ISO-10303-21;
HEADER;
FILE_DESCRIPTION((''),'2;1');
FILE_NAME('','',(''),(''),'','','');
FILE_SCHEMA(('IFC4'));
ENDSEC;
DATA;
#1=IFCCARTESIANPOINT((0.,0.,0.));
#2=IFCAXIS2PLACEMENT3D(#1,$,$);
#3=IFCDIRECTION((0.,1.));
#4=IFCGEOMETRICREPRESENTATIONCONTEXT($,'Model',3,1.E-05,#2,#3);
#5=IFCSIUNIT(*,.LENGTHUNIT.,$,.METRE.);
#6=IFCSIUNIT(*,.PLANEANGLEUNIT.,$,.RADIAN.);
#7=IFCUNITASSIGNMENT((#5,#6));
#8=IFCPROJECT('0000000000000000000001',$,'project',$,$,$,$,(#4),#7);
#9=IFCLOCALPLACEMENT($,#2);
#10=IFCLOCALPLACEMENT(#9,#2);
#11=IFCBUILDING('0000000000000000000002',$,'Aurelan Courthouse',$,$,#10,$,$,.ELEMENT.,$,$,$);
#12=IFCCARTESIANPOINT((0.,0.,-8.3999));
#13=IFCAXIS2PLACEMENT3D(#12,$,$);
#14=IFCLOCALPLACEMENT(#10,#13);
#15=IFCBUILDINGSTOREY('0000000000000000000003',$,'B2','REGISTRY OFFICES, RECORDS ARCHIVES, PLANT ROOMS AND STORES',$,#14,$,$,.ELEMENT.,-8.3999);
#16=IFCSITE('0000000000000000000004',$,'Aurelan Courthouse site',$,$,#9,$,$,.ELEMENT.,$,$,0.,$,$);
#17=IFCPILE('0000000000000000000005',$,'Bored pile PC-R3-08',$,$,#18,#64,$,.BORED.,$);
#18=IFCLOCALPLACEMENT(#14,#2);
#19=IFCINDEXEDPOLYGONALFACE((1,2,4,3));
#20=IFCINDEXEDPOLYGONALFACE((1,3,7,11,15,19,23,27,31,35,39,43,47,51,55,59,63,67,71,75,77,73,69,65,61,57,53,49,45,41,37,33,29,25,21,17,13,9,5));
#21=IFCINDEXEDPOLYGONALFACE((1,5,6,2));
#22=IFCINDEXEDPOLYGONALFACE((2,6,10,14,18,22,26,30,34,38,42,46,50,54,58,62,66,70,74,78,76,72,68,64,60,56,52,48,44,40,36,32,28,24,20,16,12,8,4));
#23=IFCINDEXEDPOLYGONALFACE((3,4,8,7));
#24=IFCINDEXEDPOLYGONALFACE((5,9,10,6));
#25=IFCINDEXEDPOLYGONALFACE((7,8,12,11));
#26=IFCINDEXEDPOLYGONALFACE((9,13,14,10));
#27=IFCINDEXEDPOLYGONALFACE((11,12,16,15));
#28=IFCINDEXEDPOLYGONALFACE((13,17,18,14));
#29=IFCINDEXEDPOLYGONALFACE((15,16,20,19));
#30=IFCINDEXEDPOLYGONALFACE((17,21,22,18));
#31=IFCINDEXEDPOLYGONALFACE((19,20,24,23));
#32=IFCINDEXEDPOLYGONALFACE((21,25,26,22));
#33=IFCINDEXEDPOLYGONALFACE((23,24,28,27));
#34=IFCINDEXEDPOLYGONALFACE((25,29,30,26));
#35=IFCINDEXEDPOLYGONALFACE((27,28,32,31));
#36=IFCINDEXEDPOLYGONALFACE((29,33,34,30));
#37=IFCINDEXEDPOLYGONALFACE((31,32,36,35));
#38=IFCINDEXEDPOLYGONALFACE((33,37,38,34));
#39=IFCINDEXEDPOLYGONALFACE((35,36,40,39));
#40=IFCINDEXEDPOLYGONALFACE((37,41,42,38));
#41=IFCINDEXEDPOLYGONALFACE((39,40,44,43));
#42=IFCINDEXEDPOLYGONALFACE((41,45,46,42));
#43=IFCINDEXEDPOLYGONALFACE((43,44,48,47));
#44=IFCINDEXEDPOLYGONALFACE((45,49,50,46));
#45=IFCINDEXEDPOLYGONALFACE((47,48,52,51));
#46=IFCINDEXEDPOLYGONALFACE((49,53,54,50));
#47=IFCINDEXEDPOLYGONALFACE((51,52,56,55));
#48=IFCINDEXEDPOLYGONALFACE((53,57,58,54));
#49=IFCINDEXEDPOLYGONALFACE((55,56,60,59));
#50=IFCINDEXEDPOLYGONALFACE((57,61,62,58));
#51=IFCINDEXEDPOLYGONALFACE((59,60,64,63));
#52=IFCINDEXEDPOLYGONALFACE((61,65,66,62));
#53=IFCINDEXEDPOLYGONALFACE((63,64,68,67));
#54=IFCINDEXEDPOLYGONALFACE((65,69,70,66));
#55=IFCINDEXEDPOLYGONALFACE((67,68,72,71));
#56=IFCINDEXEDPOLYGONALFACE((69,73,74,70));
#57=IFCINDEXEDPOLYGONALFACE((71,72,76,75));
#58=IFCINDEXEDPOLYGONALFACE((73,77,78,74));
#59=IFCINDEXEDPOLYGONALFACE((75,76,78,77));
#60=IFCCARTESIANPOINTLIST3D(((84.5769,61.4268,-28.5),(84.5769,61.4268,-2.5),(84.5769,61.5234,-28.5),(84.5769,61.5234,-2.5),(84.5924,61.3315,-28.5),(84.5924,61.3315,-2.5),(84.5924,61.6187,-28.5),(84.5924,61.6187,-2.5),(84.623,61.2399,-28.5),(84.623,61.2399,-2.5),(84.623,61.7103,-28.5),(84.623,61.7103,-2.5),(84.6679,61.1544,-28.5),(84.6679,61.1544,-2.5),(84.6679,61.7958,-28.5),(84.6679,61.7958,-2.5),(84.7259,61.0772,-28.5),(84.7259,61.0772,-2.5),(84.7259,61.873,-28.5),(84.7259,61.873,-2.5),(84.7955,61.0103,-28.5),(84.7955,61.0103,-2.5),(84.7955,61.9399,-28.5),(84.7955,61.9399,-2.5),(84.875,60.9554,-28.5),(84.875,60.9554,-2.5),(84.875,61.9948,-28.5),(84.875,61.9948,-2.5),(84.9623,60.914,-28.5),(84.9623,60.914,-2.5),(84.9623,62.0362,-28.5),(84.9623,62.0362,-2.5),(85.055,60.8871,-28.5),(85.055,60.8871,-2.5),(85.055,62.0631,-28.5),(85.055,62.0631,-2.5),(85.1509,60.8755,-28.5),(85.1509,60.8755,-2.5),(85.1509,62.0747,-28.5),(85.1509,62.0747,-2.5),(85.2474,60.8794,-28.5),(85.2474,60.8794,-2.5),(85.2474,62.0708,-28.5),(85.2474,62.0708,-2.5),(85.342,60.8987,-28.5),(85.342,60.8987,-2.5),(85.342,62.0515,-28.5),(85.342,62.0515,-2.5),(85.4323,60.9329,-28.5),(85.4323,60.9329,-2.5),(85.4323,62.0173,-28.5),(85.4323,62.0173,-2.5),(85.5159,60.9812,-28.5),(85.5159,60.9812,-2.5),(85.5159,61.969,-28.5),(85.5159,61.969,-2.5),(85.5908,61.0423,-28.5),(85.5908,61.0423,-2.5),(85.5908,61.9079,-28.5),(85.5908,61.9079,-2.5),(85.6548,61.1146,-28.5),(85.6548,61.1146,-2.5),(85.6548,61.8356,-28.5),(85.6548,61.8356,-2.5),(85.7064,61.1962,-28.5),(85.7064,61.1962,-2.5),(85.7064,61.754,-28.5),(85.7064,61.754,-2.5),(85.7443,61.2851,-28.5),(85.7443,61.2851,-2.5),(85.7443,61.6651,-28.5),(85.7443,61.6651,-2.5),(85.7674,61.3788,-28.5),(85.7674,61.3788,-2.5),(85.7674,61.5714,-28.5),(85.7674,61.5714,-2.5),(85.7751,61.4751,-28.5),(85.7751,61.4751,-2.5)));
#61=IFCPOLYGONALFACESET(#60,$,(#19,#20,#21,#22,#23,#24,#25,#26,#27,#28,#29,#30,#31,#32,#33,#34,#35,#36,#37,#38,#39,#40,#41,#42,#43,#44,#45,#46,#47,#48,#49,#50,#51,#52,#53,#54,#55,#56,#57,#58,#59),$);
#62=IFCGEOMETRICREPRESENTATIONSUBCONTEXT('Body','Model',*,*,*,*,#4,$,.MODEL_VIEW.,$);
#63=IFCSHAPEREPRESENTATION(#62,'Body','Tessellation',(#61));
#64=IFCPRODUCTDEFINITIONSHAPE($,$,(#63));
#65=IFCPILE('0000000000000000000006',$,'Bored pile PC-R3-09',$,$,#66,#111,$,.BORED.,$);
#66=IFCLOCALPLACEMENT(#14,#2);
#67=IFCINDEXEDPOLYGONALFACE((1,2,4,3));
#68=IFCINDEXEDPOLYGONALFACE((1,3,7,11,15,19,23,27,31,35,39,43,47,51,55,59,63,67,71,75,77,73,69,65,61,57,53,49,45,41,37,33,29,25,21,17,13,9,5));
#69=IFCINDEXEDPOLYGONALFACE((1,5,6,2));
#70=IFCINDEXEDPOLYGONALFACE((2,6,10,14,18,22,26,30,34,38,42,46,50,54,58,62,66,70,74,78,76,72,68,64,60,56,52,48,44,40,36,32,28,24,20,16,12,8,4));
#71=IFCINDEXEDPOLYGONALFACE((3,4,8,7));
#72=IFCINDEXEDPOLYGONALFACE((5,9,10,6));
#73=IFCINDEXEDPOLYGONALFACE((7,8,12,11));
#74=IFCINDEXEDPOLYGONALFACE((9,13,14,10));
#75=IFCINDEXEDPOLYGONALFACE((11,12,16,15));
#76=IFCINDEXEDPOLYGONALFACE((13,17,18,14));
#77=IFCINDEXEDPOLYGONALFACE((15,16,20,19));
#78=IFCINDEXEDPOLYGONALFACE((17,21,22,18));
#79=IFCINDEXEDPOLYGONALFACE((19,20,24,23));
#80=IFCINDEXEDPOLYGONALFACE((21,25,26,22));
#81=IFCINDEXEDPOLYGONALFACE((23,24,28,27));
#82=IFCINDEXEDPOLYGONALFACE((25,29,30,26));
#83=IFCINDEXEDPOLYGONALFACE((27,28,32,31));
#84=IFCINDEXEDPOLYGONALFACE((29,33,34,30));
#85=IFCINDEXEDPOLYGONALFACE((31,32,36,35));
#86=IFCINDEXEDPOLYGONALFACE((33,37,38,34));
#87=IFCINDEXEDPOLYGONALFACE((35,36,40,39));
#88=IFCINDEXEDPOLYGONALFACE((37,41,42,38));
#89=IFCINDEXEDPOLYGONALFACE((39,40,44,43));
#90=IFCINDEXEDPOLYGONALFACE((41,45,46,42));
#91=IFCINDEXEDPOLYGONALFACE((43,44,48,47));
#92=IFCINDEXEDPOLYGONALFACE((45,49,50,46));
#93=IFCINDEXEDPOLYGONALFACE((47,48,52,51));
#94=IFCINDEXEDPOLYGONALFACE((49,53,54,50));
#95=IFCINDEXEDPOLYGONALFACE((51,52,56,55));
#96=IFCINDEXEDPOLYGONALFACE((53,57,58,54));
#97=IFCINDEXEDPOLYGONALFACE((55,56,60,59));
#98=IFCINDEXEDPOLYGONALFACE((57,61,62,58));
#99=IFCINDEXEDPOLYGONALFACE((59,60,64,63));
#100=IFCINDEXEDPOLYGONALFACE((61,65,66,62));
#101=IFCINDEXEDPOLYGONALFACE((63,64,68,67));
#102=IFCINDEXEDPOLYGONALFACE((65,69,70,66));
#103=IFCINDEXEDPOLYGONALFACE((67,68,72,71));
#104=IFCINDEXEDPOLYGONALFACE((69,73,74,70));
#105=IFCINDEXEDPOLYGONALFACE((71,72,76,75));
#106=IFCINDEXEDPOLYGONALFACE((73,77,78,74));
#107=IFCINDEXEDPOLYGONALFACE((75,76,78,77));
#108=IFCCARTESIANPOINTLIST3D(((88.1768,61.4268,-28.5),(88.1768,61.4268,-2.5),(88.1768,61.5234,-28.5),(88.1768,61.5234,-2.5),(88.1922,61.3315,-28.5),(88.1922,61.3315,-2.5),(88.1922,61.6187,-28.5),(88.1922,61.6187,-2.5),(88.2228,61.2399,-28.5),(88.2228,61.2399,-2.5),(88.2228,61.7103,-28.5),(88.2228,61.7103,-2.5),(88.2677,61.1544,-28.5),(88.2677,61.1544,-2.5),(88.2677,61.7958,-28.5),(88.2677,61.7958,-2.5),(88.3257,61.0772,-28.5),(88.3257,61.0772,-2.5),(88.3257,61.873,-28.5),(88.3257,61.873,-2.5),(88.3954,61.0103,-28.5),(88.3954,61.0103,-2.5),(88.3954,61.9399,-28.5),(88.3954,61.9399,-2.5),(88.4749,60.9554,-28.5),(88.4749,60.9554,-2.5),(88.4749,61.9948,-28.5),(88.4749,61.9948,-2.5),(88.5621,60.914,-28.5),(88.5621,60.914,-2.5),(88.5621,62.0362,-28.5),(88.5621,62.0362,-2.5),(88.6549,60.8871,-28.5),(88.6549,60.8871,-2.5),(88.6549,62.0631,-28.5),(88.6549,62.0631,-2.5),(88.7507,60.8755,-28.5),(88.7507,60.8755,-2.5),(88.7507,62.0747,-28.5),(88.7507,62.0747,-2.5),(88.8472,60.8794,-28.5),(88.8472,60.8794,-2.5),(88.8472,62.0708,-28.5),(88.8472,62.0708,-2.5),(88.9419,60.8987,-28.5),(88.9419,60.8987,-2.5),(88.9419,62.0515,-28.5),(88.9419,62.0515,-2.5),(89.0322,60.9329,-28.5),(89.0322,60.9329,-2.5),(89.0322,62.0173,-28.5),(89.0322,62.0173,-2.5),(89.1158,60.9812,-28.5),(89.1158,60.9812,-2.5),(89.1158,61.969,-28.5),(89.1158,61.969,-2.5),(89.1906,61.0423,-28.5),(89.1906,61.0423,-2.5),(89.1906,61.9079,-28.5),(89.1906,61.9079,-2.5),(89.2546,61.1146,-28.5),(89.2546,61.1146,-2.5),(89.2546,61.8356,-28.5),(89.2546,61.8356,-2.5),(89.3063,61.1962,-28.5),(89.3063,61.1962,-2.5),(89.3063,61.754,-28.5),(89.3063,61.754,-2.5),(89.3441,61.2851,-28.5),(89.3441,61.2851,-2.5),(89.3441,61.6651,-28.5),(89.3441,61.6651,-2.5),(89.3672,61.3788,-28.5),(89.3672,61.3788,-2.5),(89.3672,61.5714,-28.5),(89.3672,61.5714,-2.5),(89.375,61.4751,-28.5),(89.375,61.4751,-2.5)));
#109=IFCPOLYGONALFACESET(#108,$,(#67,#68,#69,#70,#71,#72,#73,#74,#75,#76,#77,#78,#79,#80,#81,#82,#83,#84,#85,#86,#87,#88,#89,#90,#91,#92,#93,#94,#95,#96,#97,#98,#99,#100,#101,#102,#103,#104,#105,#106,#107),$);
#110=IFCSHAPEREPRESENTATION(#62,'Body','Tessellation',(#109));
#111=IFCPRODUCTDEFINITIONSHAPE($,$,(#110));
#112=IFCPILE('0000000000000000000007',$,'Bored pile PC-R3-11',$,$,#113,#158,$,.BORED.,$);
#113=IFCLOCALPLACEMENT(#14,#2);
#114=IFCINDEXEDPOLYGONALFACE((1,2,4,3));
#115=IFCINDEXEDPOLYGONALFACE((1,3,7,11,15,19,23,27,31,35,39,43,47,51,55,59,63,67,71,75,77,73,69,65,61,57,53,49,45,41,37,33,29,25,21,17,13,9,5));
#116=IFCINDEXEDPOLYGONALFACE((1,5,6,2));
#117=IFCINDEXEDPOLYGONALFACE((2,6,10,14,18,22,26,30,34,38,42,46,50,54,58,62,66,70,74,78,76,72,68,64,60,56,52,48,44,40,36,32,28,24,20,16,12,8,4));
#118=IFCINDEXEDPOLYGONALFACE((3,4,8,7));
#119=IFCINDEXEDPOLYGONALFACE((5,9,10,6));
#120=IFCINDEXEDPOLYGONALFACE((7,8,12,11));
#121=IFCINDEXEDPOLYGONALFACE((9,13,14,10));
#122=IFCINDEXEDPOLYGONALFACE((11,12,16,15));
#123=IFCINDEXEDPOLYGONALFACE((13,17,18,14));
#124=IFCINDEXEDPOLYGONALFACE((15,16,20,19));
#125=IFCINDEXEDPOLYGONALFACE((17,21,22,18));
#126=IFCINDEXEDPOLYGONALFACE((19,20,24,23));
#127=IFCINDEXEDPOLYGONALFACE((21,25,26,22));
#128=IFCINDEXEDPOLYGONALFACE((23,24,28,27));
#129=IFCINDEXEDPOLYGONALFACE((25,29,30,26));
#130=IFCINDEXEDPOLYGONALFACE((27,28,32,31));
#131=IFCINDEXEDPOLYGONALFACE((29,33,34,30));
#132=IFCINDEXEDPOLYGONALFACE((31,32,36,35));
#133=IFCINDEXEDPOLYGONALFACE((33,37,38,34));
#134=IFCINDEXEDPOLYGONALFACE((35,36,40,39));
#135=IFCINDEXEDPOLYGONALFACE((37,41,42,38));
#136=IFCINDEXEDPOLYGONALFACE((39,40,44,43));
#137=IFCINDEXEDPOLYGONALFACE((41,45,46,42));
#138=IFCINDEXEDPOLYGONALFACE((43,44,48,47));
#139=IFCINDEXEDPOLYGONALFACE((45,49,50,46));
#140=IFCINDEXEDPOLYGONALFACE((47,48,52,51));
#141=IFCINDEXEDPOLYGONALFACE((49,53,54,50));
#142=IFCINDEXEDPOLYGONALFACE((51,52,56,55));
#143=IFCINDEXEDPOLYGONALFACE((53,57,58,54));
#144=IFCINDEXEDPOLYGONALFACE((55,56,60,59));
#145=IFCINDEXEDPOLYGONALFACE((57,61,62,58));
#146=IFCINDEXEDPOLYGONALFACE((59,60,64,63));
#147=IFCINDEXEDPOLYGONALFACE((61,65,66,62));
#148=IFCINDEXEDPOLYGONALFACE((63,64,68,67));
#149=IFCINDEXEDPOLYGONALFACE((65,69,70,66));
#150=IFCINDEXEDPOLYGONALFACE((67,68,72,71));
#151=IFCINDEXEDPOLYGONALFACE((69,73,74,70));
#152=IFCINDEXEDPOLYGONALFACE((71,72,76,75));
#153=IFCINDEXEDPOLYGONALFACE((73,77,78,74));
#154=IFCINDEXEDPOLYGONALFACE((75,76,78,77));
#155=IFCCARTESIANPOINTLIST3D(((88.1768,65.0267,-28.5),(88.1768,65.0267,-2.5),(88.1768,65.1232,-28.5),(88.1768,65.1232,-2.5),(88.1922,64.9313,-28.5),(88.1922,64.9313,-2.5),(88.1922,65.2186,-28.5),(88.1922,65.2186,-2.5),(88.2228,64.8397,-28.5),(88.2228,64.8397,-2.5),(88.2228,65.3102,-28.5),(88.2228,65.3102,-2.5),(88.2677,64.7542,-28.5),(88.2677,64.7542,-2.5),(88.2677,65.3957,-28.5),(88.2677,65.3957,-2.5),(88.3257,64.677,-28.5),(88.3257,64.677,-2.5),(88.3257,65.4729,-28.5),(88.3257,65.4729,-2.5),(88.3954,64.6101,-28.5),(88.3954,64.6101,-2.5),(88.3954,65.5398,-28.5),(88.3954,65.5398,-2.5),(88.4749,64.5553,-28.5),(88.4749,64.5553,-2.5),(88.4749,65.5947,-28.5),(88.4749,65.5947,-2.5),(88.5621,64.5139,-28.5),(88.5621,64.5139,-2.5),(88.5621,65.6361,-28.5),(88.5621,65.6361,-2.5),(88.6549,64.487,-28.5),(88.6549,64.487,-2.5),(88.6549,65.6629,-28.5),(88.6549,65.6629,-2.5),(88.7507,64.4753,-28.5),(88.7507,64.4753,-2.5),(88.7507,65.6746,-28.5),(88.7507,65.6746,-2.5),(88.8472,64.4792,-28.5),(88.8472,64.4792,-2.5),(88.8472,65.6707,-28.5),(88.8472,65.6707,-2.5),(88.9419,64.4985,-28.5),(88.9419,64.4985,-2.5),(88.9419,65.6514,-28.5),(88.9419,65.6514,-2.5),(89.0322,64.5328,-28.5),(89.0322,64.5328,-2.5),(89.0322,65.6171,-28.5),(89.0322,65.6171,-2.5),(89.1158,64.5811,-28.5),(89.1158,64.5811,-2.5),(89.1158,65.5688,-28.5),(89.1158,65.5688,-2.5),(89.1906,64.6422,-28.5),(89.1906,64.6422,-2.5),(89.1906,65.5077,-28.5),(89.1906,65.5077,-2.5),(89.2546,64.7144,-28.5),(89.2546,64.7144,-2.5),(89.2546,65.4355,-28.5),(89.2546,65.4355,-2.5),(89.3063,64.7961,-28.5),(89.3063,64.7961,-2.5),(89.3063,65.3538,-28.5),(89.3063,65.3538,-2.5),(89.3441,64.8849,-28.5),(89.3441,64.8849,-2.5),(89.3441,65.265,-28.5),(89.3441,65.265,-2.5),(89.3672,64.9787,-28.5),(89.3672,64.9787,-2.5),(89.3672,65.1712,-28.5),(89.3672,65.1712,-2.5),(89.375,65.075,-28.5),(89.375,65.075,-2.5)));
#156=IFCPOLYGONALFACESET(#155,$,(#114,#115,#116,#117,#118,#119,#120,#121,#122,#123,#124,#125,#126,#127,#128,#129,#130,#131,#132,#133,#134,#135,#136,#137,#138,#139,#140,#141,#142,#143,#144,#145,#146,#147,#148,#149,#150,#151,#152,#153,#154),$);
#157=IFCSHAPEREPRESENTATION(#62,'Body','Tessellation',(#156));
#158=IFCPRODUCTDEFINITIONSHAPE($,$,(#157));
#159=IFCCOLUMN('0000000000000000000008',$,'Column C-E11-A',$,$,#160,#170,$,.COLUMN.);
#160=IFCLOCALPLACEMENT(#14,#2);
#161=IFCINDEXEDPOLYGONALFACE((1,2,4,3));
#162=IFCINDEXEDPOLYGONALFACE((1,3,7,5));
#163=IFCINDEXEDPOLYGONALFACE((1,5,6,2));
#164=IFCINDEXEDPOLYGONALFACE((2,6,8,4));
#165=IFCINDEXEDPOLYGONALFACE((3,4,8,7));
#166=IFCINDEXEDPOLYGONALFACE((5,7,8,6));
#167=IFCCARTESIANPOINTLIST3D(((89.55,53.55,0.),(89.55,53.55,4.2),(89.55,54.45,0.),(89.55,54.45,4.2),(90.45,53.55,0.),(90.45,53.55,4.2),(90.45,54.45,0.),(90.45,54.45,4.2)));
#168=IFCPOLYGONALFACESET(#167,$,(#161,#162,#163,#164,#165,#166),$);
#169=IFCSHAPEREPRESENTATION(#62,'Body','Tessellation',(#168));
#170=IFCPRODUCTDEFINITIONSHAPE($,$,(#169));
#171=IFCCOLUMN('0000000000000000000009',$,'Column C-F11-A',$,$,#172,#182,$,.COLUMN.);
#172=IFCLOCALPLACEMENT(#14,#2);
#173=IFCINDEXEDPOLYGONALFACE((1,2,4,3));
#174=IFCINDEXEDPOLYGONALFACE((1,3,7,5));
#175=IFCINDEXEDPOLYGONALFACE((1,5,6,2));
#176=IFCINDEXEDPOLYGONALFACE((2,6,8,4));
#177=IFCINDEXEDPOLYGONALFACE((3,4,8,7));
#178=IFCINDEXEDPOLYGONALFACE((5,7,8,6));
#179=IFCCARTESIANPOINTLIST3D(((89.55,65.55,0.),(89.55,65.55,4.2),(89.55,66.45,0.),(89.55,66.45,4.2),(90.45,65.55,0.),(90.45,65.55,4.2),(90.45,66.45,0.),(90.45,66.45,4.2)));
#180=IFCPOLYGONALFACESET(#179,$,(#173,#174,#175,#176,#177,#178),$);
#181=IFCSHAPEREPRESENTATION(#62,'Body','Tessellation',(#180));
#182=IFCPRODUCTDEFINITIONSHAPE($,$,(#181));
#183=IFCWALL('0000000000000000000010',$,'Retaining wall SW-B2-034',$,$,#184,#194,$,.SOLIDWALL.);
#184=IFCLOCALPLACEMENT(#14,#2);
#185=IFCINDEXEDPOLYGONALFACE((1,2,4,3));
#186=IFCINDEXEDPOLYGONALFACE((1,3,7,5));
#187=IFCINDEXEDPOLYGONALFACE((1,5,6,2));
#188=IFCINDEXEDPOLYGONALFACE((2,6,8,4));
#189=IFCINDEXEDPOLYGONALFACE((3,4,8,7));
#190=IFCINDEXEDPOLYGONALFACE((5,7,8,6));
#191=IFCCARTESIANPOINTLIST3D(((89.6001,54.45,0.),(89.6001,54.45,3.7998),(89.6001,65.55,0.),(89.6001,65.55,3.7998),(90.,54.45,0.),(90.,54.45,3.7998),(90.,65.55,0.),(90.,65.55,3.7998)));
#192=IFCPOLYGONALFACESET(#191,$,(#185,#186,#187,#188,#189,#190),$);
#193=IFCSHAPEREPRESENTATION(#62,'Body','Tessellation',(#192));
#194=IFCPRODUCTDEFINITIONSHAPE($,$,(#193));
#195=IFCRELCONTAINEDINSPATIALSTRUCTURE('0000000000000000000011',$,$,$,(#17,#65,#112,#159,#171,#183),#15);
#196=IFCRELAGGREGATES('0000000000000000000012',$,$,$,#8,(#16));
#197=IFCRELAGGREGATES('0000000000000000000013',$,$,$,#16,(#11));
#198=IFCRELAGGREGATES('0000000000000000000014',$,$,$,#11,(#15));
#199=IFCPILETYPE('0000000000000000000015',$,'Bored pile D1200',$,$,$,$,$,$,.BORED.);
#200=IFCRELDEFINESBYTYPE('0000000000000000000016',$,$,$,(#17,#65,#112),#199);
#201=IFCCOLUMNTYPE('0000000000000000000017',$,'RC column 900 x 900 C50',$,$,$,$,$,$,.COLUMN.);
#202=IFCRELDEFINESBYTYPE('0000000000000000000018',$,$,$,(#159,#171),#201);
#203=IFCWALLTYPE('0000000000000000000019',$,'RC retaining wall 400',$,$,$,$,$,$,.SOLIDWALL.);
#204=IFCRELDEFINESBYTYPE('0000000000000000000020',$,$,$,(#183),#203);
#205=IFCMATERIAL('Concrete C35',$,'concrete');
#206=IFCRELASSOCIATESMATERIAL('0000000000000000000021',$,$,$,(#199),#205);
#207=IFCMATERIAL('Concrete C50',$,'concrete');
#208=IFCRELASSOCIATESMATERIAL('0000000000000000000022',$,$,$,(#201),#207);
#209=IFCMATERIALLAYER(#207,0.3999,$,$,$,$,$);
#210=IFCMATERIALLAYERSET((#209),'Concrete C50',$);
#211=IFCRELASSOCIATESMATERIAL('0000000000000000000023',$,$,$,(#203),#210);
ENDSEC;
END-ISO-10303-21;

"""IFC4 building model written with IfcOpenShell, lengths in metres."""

from ifc_helpers import new_model, si_unit, direction, frame, frame_2d, origin, origin_2d, place, context, subcontext, project, spatial, rectangle, circle, extrude, material, layer, layer_set, material_profile, profile_set, type_object, element, save


model = new_model("IFC4")

# Units and contexts
model_context = context("Model", 3, precision=1e-05, world=origin(), true_north=direction((0.0, 1.0)))
body_context = subcontext(model_context, "Body", "Model", "MODEL_VIEW")
ifc_project = project(units=[si_unit("LENGTHUNIT", "METRE"), si_unit("PLANEANGLEUNIT", "RADIAN")], contexts=[model_context])

# Site, building, storey
site_placement = place(None, origin())
site = spatial("IfcSite", under=ifc_project, at=site_placement, Name="Aurelan Courthouse site", CompositionType="ELEMENT", RefElevation=0.0)
building_placement = place(site_placement, origin())
building = spatial("IfcBuilding", under=site, at=building_placement, Name="Aurelan Courthouse", CompositionType="ELEMENT")
storey_placement = place(building_placement, frame((0.0, 0.0, -8.3999)))
storey = spatial("IfcBuildingStorey", under=building, at=storey_placement, Name="B2", Description="REGISTRY OFFICES, RECORDS ARCHIVES, PLANT ROOMS AND STORES", CompositionType="ELEMENT", Elevation=-8.3999)

# Piles
ifc_material_1 = material(Name="Concrete C35", Category="concrete")
ifc_material_profile_1 = material_profile(ifc_material_1, circle(Radius=0.6001, at=origin_2d()), Name="D1200")
ifc_profile_set_1 = profile_set([ifc_material_profile_1], Name="Concrete C35")
pile_type = type_object("IfcPileType", Name="Bored pile D1200", PredefinedType="BORED", material=ifc_profile_set_1)
for number, where, z_axis, x_axis, name in (
    (1, (85.175, 61.4751, -2.5), (0.0, 0.0, -1.0), (1.0, 0.0, 0.0), "Bored pile PC-R3-08"),
    (2, (88.7749, 61.4751, -2.5), (0.0, 0.0, -1.0), (1.0, 0.0, 0.0), "Bored pile PC-R3-09"),
    (3, (88.7749, 65.075, -2.5), (0.0, 0.0, -1.0), (1.0, 0.0, 0.0), "Bored pile PC-R3-11"),
):
    element("IfcPile", number, at=place(storey_placement, frame(where, z_axis=z_axis, x_axis=x_axis)), inside=storey, type_object=pile_type, Name=name, PredefinedType="BORED", context=body_context, shape_type="SweptSolid", body=[
        extrude(circle(Radius=0.6001, at=origin_2d()), origin(), (0.0, 0.0, 1.0), 26.0),
    ])

# Columns
ifc_material_2 = material(Name="Concrete C50", Category="concrete")
ifc_material_profile_2 = material_profile(ifc_material_2, rectangle(XDim=0.8999, YDim=0.8999, at=origin_2d()), Name="RC 900 x 900")
ifc_profile_set_2 = profile_set([ifc_material_profile_2], Name="Concrete C50")
column_type = type_object("IfcColumnType", Name="RC column 900 x 900 C50", PredefinedType="COLUMN", material=ifc_profile_set_2)
for number, where, z_axis, x_axis, name in (
    (4, (90.0, 54.0, 0.0), (0.0, 0.0, 1.0), (1.0, 0.0, 0.0), "Column C-E11-A"),
    (5, (90.0, 66.0, 0.0), (0.0, 0.0, 1.0), (1.0, 0.0, 0.0), "Column C-F11-A"),
):
    element("IfcColumn", number, at=place(storey_placement, frame(where, z_axis=z_axis, x_axis=x_axis)), inside=storey, type_object=column_type, Name=name, PredefinedType="COLUMN", context=body_context, shape_type="SweptSolid", body=[
        extrude(rectangle(XDim=0.8999, YDim=0.8999, at=origin_2d()), origin(), (0.0, 0.0, 1.0), 4.2),
    ])

# Wall
ifc_layer_1 = layer(ifc_material_2, 0.3999)
ifc_layer_set_1 = layer_set([ifc_layer_1], Name="Concrete C50")
wall_type_1 = type_object("IfcWallType", Name="RC retaining wall 400", PredefinedType="SOLIDWALL", material=ifc_layer_set_1)
wall_1_placement = place(storey_placement, frame((89.8, 54.45, 0.0), z_axis=(0.0, 0.0, 1.0), x_axis=(0.0, 1.0, 0.0)))
element("IfcWall", 6, at=wall_1_placement, inside=storey, type_object=wall_type_1, Name="Retaining wall SW-B2-034", PredefinedType="SOLIDWALL", context=body_context, shape_type="SweptSolid", body=[
    extrude(rectangle(XDim=11.1001, YDim=0.3999, at=frame_2d((5.55, 0.0))), origin(), (0.0, 0.0, 1.0), 3.7998),
])

save(model, "model.ifc")
